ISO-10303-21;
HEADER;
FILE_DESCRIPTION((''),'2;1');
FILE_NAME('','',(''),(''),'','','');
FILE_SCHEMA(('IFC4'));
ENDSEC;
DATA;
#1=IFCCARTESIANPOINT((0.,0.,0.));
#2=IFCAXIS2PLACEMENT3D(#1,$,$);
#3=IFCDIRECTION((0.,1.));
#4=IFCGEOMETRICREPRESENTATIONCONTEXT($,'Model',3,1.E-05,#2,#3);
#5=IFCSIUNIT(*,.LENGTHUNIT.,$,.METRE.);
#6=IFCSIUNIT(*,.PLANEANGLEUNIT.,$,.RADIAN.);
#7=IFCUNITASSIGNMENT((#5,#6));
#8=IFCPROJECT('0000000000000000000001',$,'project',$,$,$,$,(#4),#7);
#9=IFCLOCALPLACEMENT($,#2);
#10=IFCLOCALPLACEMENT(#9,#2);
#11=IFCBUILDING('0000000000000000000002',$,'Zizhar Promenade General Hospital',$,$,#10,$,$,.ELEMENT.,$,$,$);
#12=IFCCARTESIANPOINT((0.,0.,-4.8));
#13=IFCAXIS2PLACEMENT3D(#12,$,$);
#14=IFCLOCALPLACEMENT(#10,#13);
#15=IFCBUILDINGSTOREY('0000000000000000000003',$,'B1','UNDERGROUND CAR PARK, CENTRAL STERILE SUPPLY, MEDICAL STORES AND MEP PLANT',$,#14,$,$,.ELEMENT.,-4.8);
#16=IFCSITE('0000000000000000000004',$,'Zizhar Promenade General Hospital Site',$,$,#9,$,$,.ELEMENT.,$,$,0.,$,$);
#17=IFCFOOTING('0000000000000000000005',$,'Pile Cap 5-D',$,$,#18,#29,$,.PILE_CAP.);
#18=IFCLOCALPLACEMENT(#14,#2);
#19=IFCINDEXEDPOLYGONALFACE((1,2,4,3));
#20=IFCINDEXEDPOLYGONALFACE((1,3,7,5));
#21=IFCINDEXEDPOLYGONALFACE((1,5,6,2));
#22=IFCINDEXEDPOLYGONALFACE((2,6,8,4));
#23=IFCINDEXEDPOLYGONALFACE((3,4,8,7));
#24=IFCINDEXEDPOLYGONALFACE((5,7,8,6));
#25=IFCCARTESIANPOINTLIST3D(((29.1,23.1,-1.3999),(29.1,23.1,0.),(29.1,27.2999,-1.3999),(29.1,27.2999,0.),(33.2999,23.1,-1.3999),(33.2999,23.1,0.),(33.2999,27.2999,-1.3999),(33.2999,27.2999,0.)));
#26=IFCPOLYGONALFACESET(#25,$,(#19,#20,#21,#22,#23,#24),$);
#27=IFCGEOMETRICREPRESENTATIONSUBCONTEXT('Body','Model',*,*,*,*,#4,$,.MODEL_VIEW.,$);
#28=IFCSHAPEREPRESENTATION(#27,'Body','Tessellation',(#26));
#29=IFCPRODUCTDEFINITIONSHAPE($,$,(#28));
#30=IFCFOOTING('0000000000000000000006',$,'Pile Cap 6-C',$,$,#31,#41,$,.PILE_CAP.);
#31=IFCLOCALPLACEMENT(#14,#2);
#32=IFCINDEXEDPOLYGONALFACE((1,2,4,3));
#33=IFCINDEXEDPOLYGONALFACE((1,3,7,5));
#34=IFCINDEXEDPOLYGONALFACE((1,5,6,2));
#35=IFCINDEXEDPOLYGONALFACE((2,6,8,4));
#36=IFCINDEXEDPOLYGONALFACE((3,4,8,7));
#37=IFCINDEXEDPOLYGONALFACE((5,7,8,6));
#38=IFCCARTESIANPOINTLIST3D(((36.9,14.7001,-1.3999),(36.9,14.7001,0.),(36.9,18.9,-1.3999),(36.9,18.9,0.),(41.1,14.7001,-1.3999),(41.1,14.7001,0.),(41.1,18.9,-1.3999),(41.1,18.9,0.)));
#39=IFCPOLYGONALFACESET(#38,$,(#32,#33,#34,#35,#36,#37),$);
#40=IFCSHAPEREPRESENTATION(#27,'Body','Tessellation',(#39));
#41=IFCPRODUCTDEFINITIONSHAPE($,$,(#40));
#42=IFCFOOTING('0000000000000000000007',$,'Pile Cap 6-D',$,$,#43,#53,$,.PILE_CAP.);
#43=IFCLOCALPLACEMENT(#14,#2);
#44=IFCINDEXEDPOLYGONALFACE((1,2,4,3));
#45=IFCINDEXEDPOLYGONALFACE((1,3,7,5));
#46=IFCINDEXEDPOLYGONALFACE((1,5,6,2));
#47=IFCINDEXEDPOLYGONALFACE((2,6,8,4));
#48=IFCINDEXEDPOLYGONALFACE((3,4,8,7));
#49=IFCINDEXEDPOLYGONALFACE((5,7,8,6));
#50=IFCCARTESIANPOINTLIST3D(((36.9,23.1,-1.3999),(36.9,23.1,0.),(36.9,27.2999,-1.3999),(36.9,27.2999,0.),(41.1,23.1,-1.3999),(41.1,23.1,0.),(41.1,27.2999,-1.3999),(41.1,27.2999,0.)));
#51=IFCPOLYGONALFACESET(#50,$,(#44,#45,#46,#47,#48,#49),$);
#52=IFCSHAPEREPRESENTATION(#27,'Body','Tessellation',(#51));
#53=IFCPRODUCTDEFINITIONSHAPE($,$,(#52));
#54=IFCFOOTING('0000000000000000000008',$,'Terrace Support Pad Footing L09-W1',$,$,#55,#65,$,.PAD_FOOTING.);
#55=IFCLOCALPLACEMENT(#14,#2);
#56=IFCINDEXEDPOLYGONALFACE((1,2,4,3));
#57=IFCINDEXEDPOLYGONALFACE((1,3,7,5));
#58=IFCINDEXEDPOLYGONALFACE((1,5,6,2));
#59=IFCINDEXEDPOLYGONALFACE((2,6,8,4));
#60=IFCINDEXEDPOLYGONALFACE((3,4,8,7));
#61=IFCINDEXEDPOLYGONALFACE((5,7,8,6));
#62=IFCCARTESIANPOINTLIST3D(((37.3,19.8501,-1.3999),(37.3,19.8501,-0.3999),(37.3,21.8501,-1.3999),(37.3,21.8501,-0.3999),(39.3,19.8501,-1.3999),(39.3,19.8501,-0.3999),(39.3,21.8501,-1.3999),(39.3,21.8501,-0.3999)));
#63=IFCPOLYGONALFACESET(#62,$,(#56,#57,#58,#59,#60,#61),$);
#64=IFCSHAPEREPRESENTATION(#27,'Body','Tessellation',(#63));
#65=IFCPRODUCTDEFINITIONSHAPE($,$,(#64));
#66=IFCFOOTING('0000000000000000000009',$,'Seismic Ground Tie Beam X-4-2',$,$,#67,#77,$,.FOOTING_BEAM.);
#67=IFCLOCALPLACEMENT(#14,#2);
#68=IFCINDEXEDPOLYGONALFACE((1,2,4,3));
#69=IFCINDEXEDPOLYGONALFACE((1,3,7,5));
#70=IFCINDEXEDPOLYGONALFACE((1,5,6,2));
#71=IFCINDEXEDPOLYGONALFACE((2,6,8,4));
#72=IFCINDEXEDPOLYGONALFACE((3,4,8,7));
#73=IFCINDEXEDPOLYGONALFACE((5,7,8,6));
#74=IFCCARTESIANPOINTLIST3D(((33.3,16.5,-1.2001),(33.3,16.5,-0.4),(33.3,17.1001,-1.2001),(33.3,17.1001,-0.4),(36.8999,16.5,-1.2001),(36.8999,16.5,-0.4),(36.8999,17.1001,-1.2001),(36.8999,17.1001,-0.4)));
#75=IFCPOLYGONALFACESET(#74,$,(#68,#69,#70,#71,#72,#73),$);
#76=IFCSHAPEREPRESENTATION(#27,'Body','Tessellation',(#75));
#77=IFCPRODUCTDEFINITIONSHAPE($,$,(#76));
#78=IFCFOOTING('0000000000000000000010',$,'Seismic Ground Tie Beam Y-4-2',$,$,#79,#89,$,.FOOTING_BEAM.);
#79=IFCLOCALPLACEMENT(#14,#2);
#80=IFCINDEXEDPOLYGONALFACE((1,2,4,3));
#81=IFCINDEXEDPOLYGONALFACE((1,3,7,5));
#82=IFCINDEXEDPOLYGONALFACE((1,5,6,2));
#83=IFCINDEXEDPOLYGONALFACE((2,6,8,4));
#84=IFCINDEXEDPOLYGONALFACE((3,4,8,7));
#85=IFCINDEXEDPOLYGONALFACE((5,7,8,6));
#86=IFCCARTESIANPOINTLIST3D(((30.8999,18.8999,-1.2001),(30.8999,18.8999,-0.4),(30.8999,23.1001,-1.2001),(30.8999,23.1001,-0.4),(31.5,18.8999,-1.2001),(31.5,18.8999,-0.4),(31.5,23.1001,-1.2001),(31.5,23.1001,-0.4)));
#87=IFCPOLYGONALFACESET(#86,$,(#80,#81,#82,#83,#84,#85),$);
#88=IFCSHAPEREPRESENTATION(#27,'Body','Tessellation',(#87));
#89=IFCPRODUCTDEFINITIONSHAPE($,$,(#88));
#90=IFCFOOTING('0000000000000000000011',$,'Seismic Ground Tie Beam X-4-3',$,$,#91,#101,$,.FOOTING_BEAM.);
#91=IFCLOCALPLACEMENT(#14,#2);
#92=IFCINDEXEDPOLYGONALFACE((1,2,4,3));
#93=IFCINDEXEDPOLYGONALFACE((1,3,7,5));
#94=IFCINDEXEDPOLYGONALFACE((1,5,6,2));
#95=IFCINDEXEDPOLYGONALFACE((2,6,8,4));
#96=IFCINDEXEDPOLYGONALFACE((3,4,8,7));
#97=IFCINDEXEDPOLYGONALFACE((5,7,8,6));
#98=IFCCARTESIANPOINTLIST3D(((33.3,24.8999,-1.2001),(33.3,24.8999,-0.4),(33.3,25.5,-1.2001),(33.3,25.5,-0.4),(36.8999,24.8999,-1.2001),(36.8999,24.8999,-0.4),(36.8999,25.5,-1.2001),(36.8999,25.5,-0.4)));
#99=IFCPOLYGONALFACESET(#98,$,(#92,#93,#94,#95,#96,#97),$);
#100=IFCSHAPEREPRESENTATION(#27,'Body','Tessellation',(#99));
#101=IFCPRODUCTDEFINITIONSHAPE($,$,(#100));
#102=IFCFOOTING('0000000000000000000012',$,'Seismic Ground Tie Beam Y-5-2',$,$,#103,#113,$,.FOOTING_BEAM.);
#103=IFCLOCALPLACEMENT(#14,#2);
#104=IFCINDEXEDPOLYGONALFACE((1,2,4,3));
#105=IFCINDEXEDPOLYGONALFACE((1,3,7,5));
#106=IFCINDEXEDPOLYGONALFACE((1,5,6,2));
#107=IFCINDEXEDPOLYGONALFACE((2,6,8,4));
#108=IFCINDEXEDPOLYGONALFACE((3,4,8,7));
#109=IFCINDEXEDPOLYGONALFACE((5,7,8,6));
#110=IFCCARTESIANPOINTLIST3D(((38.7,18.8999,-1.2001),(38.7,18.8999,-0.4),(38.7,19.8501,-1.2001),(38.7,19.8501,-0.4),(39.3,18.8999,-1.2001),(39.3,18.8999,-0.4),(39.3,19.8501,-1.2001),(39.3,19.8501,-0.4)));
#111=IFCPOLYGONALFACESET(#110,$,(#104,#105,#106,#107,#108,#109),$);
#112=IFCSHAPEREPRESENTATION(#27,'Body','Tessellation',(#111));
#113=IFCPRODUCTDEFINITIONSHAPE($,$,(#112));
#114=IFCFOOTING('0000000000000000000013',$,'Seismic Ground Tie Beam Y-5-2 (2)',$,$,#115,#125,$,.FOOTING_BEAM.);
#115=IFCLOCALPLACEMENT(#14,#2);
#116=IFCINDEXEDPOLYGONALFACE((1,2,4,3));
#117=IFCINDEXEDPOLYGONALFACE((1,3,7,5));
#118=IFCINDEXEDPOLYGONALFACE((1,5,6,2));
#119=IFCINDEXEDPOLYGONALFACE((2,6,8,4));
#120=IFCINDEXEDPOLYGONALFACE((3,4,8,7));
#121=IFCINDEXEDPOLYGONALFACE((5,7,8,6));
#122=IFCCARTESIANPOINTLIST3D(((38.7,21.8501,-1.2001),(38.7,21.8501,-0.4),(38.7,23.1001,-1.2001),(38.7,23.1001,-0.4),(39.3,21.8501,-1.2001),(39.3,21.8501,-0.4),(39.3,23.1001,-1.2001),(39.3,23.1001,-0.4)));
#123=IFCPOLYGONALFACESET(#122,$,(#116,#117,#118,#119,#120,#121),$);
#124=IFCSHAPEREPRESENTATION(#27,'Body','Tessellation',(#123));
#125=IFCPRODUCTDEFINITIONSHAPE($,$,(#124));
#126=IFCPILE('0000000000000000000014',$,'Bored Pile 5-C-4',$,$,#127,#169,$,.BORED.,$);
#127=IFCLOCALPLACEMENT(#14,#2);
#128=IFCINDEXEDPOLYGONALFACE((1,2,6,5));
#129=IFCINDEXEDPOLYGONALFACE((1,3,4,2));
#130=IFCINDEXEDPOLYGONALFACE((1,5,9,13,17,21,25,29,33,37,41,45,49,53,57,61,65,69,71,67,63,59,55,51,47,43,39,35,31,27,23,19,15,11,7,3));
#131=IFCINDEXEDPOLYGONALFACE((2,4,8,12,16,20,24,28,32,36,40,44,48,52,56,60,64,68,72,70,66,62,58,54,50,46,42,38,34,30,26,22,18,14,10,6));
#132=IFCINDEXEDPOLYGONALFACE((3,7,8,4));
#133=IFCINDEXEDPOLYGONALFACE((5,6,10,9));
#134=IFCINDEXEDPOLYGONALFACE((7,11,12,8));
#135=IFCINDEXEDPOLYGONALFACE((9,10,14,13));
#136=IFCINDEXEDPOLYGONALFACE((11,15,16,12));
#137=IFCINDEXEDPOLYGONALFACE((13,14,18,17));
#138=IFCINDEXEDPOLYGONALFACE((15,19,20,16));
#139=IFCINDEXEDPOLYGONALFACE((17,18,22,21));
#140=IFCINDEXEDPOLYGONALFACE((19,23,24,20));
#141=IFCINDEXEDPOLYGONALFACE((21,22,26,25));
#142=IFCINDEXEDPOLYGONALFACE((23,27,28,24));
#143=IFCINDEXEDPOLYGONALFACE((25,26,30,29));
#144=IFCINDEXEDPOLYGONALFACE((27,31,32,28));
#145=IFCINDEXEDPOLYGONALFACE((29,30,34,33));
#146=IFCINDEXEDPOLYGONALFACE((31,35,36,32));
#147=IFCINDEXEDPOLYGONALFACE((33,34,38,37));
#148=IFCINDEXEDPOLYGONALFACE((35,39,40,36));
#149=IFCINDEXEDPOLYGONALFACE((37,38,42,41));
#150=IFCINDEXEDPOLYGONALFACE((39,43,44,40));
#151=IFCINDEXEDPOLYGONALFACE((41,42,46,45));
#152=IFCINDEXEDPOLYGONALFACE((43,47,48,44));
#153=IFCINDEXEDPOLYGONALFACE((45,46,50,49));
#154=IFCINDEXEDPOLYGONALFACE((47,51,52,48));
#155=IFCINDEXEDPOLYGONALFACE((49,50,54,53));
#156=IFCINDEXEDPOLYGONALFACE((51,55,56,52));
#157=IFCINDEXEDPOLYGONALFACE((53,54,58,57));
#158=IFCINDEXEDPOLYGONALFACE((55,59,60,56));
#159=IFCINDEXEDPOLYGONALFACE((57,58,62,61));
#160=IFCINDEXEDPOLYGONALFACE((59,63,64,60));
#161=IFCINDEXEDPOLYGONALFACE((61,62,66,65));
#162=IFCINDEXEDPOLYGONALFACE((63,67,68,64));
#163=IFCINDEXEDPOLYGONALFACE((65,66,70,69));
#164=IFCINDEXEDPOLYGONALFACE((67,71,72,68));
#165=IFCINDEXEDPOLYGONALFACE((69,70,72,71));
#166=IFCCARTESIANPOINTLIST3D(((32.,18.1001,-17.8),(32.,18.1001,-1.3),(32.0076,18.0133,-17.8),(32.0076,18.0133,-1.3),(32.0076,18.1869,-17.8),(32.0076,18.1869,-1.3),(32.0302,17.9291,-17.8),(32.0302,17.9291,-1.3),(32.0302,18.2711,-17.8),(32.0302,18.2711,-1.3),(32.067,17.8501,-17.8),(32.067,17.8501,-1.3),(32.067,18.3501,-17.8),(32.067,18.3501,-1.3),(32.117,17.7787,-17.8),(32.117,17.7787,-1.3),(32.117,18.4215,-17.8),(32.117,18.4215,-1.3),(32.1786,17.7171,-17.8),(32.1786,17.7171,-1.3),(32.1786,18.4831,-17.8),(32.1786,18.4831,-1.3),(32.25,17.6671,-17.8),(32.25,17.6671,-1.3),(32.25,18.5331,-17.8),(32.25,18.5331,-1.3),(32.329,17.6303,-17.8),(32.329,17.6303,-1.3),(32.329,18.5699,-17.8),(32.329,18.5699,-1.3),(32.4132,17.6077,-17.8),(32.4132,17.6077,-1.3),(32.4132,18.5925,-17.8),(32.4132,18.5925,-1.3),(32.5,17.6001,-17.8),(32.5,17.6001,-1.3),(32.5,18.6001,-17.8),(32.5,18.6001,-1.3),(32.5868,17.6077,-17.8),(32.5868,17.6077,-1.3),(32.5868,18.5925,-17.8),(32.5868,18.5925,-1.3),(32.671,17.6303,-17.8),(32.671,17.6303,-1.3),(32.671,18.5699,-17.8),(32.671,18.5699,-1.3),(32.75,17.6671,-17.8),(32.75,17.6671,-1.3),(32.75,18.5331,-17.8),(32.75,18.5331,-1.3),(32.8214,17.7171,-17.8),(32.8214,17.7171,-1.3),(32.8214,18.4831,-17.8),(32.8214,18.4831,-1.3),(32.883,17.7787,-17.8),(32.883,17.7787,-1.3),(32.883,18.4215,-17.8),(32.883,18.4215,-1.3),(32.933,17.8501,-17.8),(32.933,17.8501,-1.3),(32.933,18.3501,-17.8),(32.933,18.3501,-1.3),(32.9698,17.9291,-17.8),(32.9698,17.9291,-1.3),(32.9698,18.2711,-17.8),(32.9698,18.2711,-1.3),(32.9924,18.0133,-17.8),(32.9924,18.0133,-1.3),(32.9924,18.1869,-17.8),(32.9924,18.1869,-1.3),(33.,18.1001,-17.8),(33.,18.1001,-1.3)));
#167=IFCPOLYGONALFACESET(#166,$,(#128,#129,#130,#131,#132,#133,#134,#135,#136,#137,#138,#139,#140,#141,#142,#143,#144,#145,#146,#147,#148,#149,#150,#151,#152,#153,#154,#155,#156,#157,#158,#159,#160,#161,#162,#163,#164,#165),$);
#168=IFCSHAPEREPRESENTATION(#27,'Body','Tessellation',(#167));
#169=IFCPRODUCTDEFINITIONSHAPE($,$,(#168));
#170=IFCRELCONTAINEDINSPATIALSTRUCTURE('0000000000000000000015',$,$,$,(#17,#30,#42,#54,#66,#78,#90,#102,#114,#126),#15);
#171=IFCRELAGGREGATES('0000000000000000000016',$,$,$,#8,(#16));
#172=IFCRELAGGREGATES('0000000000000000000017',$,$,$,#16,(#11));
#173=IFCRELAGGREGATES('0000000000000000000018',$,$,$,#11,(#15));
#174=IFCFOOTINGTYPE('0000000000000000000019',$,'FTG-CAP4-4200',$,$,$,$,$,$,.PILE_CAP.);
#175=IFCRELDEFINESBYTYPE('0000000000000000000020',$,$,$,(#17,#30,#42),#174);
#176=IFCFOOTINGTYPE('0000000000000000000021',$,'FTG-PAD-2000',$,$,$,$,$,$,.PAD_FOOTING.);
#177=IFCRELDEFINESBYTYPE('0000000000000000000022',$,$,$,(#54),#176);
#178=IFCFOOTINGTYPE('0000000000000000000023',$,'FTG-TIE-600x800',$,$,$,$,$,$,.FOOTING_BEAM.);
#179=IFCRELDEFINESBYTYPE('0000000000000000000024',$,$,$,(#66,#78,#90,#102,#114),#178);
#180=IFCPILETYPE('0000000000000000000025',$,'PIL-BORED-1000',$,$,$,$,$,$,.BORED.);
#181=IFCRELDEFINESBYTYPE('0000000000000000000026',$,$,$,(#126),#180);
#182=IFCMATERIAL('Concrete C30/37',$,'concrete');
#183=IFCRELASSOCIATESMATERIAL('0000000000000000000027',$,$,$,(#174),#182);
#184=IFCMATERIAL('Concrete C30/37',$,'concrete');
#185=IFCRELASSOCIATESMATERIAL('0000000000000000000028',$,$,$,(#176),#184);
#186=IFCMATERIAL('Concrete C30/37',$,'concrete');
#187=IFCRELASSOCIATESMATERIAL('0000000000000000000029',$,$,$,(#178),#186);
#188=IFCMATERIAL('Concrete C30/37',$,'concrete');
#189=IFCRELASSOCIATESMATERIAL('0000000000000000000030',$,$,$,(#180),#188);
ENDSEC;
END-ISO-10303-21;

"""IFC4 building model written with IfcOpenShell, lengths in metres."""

from ifc_helpers import new_model, si_unit, direction, frame, origin, origin_2d, place, context, subcontext, project, spatial, rectangle, circle, extrude, material, material_profile, profile_set, type_object, element, save


model = new_model("IFC4")

# Units and contexts
model_context = context("Model", 3, precision=1e-05, world=origin(), true_north=direction((0.0, 1.0)))
body_context = subcontext(model_context, "Body", "Model", "MODEL_VIEW")
ifc_project = project(units=[si_unit("LENGTHUNIT", "METRE"), si_unit("PLANEANGLEUNIT", "RADIAN")], contexts=[model_context])

# Site, building, storey
site_placement = place(None, origin())
site = spatial("IfcSite", under=ifc_project, at=site_placement, Name="Zizhar Promenade General Hospital Site", CompositionType="ELEMENT", RefElevation=0.0)
building_placement = place(site_placement, origin())
building = spatial("IfcBuilding", under=site, at=building_placement, Name="Zizhar Promenade General Hospital", CompositionType="ELEMENT")
storey_placement = place(building_placement, frame((0.0, 0.0, -4.8)))
storey = spatial("IfcBuildingStorey", under=building, at=storey_placement, Name="B1", Description="UNDERGROUND CAR PARK, CENTRAL STERILE SUPPLY, MEDICAL STORES AND MEP PLANT", CompositionType="ELEMENT", Elevation=-4.8)

# Footings
ifc_material_1 = material(Name="Concrete C30/37", Category="concrete")
footing_type_1 = type_object("IfcFootingType", Name="FTG-CAP4-4200", PredefinedType="PILE_CAP", material=ifc_material_1)
for number, where, z_axis, x_axis, name in (
    (1, (31.2, 25.2, -1.3999), (0.0, 0.0, 1.0), (1.0, 0.0, 0.0), "Pile Cap 5-D"),
    (2, (39.0, 16.8, -1.3999), (0.0, 0.0, 1.0), (1.0, 0.0, 0.0), "Pile Cap 6-C"),
    (3, (39.0, 25.2, -1.3999), (0.0, 0.0, 1.0), (1.0, 0.0, 0.0), "Pile Cap 6-D"),
):
    element("IfcFooting", number, at=place(storey_placement, frame(where, z_axis=z_axis, x_axis=x_axis)), inside=storey, type_object=footing_type_1, Name=name, PredefinedType="PILE_CAP", context=body_context, shape_type="SweptSolid", body=[
        extrude(rectangle(XDim=4.2, YDim=4.2, at=origin_2d()), origin(), (0.0, 0.0, 1.0), 1.3999),
    ])
ifc_material_2 = material(Name="Concrete C30/37", Category="concrete")
footing_type_2 = type_object("IfcFootingType", Name="FTG-PAD-2000", PredefinedType="PAD_FOOTING", material=ifc_material_2)
footing_1_placement = place(storey_placement, frame((38.3, 20.8501, -1.3999), z_axis=(0.0, 0.0, 1.0), x_axis=(1.0, 0.0, 0.0)))
element("IfcFooting", 4, at=footing_1_placement, inside=storey, type_object=footing_type_2, Name="Terrace Support Pad Footing L09-W1", PredefinedType="PAD_FOOTING", context=body_context, shape_type="SweptSolid", body=[
    extrude(rectangle(XDim=2.0, YDim=2.0, at=origin_2d()), origin(), (0.0, 0.0, 1.0), 1.0),
])
ifc_material_3 = material(Name="Concrete C30/37", Category="concrete")
ifc_material_profile_1 = material_profile(ifc_material_3, rectangle(XDim=0.6001, YDim=0.8, at=origin_2d()))
ifc_profile_set_1 = profile_set([ifc_material_profile_1], Name="Concrete C30/37")
footing_type_3 = type_object("IfcFootingType", Name="FTG-TIE-600x800", PredefinedType="FOOTING_BEAM", material=ifc_profile_set_1)
footing_2_placement = place(storey_placement, frame((33.3, 16.8, -0.8), z_axis=(1.0, 0.0, 0.0), x_axis=(0.0, 1.0, 0.0)))
element("IfcFooting", 5, at=footing_2_placement, inside=storey, type_object=footing_type_3, Name="Seismic Ground Tie Beam X-4-2", PredefinedType="FOOTING_BEAM", context=body_context, shape_type="SweptSolid", body=[
    extrude(rectangle(XDim=0.6001, YDim=0.8, at=origin_2d()), origin(), (0.0, 0.0, 1.0), 3.5999),
])
footing_3_placement = place(storey_placement, frame((31.2, 18.8999, -0.8), z_axis=(0.0, 1.0, 0.0), x_axis=(-1.0, 0.0, 0.0)))
element("IfcFooting", 6, at=footing_3_placement, inside=storey, type_object=footing_type_3, Name="Seismic Ground Tie Beam Y-4-2", PredefinedType="FOOTING_BEAM", context=body_context, shape_type="SweptSolid", body=[
    extrude(rectangle(XDim=0.6001, YDim=0.8, at=origin_2d()), origin(), (0.0, 0.0, 1.0), 4.2002),
])
footing_4_placement = place(storey_placement, frame((33.3, 25.2, -0.8), z_axis=(1.0, 0.0, 0.0), x_axis=(0.0, 1.0, 0.0)))
element("IfcFooting", 7, at=footing_4_placement, inside=storey, type_object=footing_type_3, Name="Seismic Ground Tie Beam X-4-3", PredefinedType="FOOTING_BEAM", context=body_context, shape_type="SweptSolid", body=[
    extrude(rectangle(XDim=0.6001, YDim=0.8, at=origin_2d()), origin(), (0.0, 0.0, 1.0), 3.5999),
])
footing_5_placement = place(storey_placement, frame((39.0, 18.8999, -0.8), z_axis=(0.0, 1.0, 0.0), x_axis=(-1.0, 0.0, 0.0)))
element("IfcFooting", 8, at=footing_5_placement, inside=storey, type_object=footing_type_3, Name="Seismic Ground Tie Beam Y-5-2", PredefinedType="FOOTING_BEAM", context=body_context, shape_type="SweptSolid", body=[
    extrude(rectangle(XDim=0.6001, YDim=0.8, at=origin_2d()), origin(), (0.0, 0.0, 1.0), 0.9502),
])
footing_6_placement = place(storey_placement, frame((39.0, 21.8501, -0.8), z_axis=(0.0, 1.0, 0.0), x_axis=(-1.0, 0.0, 0.0)))
element("IfcFooting", 9, at=footing_6_placement, inside=storey, type_object=footing_type_3, Name="Seismic Ground Tie Beam Y-5-2 (2)", PredefinedType="FOOTING_BEAM", context=body_context, shape_type="SweptSolid", body=[
    extrude(rectangle(XDim=0.6001, YDim=0.8, at=origin_2d()), origin(), (0.0, 0.0, 1.0), 1.25),
])

# Pile
ifc_material_4 = material(Name="Concrete C30/37", Category="concrete")
ifc_material_profile_2 = material_profile(ifc_material_4, circle(Radius=0.5, at=origin_2d()))
ifc_profile_set_2 = profile_set([ifc_material_profile_2], Name="Concrete C30/37")
pile_type = type_object("IfcPileType", Name="PIL-BORED-1000", PredefinedType="BORED", material=ifc_profile_set_2)
for number, where, z_axis, x_axis, name in (
    (10, (32.5, 18.1001, -1.3), (0.0, 0.0, -1.0), (1.0, 0.0, 0.0), "Bored Pile 5-C-4"),
):
    element("IfcPile", number, at=place(storey_placement, frame(where, z_axis=z_axis, x_axis=x_axis)), inside=storey, type_object=pile_type, Name=name, PredefinedType="BORED", context=body_context, shape_type="SweptSolid", body=[
        extrude(circle(Radius=0.5, at=origin_2d()), origin(), (0.0, 0.0, 1.0), 16.5),
    ])

save(model, "model.ifc")
